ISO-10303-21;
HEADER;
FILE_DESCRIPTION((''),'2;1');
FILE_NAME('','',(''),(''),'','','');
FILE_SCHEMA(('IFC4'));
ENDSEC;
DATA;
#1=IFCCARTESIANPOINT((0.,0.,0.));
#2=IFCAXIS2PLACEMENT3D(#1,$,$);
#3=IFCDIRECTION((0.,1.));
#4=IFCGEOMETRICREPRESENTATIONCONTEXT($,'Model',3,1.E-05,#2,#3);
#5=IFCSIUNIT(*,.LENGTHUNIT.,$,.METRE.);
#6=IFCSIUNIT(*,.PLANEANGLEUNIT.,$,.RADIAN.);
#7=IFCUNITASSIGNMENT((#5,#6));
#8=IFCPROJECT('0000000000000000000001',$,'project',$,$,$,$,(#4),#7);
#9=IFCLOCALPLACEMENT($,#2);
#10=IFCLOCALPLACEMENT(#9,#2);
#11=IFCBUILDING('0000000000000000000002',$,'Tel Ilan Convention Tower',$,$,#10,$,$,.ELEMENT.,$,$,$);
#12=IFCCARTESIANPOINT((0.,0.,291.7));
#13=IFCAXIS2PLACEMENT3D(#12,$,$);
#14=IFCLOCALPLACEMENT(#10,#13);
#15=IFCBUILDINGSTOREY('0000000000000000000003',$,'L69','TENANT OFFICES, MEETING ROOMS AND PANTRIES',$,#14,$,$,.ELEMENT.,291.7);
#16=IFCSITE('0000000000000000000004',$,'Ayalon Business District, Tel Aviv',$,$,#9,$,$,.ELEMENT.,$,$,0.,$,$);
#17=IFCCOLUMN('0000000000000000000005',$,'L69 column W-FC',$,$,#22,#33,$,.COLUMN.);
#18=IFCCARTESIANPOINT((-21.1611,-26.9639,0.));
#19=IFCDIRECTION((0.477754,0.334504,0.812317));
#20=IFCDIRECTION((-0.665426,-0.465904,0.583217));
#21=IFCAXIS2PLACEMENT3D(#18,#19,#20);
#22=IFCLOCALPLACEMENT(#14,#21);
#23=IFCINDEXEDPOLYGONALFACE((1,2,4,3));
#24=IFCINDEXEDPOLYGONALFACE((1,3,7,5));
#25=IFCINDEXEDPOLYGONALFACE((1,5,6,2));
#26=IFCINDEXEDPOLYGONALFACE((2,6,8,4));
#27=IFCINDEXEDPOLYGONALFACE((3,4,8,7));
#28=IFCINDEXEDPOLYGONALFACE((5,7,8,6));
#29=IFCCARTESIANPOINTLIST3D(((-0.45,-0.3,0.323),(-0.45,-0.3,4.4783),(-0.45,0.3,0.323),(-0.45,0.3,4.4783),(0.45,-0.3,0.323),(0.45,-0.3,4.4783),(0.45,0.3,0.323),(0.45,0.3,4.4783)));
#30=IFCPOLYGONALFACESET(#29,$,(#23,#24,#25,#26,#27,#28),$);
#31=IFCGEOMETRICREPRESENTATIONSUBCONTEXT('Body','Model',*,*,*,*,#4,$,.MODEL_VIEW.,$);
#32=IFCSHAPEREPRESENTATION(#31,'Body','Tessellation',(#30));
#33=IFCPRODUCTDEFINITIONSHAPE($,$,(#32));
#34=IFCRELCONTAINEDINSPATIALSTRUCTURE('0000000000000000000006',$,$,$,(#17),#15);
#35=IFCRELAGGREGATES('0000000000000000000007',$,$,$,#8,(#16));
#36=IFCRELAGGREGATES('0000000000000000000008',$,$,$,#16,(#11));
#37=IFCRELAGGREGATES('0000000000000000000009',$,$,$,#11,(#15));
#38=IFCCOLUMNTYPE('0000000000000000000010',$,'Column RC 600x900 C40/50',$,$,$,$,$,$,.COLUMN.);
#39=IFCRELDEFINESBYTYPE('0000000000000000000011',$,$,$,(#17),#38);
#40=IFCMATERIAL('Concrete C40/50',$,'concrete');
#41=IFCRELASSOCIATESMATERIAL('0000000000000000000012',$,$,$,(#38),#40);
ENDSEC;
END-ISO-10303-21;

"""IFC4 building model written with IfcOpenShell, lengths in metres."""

from ifc_helpers import new_model, si_unit, direction, frame, origin, origin_2d, place, context, subcontext, project, spatial, rectangle, extrude, clip, halfspace, material, material_profile, profile_set, type_object, element, save


model = new_model("IFC4")

# Units and contexts
model_context = context("Model", 3, precision=1e-05, world=origin(), true_north=direction((0.0, 1.0)))
body_context = subcontext(model_context, "Body", "Model", "MODEL_VIEW")
ifc_project = project(units=[si_unit("LENGTHUNIT", "METRE"), si_unit("PLANEANGLEUNIT", "RADIAN")], contexts=[model_context])

# Site, building, storey
site_placement = place(None, origin())
site = spatial("IfcSite", under=ifc_project, at=site_placement, Name="Ayalon Business District, Tel Aviv", CompositionType="ELEMENT", RefElevation=0.0)
building_placement = place(site_placement, origin())
building = spatial("IfcBuilding", under=site, at=building_placement, Name="Tel Ilan Convention Tower", CompositionType="ELEMENT")
storey_placement = place(building_placement, frame((0.0, 0.0, 291.7)))
storey = spatial("IfcBuildingStorey", under=building, at=storey_placement, Name="L69", Description="TENANT OFFICES, MEETING ROOMS AND PANTRIES", CompositionType="ELEMENT", Elevation=291.7)

# Column
ifc_material_1 = material(Name="Concrete C40/50", Category="concrete")
ifc_material_profile_1 = material_profile(ifc_material_1, rectangle(XDim=0.8999, YDim=0.6001, at=origin_2d()), Name="RC 600x900")
ifc_profile_set_1 = profile_set([ifc_material_profile_1], Name="Concrete C40/50")
column_type = type_object("IfcColumnType", Name="Column RC 600x900 C40/50", PredefinedType="COLUMN", material=ifc_profile_set_1)
column_1_placement = place(storey_placement, frame((-21.1611, -26.9639, 0.0), z_axis=(0.477754, 0.334504, 0.812317), x_axis=(-0.665426, -0.465904, 0.583217)))
element("IfcColumn", 1, at=column_1_placement, inside=storey, type_object=column_type, Name="L69 column W-FC", PredefinedType="COLUMN", context=body_context, shape_type="Clipping", body=[
    clip(clip(extrude(rectangle(XDim=0.8999, YDim=0.6001, at=origin_2d()), origin(), (0.0, 0.0, 1.0), 4.8013), halfspace(frame((0.0, 0.0, 0.323), z_axis=(0.0, 0.0, 1.0), x_axis=(1.0, 0.0, 0.0)), True)), halfspace(frame((0.0, 0.0, 4.4783), z_axis=(0.0, 0.0, 1.0), x_axis=(1.0, 0.0, 0.0)), False)),
])

save(model, "model.ifc")
